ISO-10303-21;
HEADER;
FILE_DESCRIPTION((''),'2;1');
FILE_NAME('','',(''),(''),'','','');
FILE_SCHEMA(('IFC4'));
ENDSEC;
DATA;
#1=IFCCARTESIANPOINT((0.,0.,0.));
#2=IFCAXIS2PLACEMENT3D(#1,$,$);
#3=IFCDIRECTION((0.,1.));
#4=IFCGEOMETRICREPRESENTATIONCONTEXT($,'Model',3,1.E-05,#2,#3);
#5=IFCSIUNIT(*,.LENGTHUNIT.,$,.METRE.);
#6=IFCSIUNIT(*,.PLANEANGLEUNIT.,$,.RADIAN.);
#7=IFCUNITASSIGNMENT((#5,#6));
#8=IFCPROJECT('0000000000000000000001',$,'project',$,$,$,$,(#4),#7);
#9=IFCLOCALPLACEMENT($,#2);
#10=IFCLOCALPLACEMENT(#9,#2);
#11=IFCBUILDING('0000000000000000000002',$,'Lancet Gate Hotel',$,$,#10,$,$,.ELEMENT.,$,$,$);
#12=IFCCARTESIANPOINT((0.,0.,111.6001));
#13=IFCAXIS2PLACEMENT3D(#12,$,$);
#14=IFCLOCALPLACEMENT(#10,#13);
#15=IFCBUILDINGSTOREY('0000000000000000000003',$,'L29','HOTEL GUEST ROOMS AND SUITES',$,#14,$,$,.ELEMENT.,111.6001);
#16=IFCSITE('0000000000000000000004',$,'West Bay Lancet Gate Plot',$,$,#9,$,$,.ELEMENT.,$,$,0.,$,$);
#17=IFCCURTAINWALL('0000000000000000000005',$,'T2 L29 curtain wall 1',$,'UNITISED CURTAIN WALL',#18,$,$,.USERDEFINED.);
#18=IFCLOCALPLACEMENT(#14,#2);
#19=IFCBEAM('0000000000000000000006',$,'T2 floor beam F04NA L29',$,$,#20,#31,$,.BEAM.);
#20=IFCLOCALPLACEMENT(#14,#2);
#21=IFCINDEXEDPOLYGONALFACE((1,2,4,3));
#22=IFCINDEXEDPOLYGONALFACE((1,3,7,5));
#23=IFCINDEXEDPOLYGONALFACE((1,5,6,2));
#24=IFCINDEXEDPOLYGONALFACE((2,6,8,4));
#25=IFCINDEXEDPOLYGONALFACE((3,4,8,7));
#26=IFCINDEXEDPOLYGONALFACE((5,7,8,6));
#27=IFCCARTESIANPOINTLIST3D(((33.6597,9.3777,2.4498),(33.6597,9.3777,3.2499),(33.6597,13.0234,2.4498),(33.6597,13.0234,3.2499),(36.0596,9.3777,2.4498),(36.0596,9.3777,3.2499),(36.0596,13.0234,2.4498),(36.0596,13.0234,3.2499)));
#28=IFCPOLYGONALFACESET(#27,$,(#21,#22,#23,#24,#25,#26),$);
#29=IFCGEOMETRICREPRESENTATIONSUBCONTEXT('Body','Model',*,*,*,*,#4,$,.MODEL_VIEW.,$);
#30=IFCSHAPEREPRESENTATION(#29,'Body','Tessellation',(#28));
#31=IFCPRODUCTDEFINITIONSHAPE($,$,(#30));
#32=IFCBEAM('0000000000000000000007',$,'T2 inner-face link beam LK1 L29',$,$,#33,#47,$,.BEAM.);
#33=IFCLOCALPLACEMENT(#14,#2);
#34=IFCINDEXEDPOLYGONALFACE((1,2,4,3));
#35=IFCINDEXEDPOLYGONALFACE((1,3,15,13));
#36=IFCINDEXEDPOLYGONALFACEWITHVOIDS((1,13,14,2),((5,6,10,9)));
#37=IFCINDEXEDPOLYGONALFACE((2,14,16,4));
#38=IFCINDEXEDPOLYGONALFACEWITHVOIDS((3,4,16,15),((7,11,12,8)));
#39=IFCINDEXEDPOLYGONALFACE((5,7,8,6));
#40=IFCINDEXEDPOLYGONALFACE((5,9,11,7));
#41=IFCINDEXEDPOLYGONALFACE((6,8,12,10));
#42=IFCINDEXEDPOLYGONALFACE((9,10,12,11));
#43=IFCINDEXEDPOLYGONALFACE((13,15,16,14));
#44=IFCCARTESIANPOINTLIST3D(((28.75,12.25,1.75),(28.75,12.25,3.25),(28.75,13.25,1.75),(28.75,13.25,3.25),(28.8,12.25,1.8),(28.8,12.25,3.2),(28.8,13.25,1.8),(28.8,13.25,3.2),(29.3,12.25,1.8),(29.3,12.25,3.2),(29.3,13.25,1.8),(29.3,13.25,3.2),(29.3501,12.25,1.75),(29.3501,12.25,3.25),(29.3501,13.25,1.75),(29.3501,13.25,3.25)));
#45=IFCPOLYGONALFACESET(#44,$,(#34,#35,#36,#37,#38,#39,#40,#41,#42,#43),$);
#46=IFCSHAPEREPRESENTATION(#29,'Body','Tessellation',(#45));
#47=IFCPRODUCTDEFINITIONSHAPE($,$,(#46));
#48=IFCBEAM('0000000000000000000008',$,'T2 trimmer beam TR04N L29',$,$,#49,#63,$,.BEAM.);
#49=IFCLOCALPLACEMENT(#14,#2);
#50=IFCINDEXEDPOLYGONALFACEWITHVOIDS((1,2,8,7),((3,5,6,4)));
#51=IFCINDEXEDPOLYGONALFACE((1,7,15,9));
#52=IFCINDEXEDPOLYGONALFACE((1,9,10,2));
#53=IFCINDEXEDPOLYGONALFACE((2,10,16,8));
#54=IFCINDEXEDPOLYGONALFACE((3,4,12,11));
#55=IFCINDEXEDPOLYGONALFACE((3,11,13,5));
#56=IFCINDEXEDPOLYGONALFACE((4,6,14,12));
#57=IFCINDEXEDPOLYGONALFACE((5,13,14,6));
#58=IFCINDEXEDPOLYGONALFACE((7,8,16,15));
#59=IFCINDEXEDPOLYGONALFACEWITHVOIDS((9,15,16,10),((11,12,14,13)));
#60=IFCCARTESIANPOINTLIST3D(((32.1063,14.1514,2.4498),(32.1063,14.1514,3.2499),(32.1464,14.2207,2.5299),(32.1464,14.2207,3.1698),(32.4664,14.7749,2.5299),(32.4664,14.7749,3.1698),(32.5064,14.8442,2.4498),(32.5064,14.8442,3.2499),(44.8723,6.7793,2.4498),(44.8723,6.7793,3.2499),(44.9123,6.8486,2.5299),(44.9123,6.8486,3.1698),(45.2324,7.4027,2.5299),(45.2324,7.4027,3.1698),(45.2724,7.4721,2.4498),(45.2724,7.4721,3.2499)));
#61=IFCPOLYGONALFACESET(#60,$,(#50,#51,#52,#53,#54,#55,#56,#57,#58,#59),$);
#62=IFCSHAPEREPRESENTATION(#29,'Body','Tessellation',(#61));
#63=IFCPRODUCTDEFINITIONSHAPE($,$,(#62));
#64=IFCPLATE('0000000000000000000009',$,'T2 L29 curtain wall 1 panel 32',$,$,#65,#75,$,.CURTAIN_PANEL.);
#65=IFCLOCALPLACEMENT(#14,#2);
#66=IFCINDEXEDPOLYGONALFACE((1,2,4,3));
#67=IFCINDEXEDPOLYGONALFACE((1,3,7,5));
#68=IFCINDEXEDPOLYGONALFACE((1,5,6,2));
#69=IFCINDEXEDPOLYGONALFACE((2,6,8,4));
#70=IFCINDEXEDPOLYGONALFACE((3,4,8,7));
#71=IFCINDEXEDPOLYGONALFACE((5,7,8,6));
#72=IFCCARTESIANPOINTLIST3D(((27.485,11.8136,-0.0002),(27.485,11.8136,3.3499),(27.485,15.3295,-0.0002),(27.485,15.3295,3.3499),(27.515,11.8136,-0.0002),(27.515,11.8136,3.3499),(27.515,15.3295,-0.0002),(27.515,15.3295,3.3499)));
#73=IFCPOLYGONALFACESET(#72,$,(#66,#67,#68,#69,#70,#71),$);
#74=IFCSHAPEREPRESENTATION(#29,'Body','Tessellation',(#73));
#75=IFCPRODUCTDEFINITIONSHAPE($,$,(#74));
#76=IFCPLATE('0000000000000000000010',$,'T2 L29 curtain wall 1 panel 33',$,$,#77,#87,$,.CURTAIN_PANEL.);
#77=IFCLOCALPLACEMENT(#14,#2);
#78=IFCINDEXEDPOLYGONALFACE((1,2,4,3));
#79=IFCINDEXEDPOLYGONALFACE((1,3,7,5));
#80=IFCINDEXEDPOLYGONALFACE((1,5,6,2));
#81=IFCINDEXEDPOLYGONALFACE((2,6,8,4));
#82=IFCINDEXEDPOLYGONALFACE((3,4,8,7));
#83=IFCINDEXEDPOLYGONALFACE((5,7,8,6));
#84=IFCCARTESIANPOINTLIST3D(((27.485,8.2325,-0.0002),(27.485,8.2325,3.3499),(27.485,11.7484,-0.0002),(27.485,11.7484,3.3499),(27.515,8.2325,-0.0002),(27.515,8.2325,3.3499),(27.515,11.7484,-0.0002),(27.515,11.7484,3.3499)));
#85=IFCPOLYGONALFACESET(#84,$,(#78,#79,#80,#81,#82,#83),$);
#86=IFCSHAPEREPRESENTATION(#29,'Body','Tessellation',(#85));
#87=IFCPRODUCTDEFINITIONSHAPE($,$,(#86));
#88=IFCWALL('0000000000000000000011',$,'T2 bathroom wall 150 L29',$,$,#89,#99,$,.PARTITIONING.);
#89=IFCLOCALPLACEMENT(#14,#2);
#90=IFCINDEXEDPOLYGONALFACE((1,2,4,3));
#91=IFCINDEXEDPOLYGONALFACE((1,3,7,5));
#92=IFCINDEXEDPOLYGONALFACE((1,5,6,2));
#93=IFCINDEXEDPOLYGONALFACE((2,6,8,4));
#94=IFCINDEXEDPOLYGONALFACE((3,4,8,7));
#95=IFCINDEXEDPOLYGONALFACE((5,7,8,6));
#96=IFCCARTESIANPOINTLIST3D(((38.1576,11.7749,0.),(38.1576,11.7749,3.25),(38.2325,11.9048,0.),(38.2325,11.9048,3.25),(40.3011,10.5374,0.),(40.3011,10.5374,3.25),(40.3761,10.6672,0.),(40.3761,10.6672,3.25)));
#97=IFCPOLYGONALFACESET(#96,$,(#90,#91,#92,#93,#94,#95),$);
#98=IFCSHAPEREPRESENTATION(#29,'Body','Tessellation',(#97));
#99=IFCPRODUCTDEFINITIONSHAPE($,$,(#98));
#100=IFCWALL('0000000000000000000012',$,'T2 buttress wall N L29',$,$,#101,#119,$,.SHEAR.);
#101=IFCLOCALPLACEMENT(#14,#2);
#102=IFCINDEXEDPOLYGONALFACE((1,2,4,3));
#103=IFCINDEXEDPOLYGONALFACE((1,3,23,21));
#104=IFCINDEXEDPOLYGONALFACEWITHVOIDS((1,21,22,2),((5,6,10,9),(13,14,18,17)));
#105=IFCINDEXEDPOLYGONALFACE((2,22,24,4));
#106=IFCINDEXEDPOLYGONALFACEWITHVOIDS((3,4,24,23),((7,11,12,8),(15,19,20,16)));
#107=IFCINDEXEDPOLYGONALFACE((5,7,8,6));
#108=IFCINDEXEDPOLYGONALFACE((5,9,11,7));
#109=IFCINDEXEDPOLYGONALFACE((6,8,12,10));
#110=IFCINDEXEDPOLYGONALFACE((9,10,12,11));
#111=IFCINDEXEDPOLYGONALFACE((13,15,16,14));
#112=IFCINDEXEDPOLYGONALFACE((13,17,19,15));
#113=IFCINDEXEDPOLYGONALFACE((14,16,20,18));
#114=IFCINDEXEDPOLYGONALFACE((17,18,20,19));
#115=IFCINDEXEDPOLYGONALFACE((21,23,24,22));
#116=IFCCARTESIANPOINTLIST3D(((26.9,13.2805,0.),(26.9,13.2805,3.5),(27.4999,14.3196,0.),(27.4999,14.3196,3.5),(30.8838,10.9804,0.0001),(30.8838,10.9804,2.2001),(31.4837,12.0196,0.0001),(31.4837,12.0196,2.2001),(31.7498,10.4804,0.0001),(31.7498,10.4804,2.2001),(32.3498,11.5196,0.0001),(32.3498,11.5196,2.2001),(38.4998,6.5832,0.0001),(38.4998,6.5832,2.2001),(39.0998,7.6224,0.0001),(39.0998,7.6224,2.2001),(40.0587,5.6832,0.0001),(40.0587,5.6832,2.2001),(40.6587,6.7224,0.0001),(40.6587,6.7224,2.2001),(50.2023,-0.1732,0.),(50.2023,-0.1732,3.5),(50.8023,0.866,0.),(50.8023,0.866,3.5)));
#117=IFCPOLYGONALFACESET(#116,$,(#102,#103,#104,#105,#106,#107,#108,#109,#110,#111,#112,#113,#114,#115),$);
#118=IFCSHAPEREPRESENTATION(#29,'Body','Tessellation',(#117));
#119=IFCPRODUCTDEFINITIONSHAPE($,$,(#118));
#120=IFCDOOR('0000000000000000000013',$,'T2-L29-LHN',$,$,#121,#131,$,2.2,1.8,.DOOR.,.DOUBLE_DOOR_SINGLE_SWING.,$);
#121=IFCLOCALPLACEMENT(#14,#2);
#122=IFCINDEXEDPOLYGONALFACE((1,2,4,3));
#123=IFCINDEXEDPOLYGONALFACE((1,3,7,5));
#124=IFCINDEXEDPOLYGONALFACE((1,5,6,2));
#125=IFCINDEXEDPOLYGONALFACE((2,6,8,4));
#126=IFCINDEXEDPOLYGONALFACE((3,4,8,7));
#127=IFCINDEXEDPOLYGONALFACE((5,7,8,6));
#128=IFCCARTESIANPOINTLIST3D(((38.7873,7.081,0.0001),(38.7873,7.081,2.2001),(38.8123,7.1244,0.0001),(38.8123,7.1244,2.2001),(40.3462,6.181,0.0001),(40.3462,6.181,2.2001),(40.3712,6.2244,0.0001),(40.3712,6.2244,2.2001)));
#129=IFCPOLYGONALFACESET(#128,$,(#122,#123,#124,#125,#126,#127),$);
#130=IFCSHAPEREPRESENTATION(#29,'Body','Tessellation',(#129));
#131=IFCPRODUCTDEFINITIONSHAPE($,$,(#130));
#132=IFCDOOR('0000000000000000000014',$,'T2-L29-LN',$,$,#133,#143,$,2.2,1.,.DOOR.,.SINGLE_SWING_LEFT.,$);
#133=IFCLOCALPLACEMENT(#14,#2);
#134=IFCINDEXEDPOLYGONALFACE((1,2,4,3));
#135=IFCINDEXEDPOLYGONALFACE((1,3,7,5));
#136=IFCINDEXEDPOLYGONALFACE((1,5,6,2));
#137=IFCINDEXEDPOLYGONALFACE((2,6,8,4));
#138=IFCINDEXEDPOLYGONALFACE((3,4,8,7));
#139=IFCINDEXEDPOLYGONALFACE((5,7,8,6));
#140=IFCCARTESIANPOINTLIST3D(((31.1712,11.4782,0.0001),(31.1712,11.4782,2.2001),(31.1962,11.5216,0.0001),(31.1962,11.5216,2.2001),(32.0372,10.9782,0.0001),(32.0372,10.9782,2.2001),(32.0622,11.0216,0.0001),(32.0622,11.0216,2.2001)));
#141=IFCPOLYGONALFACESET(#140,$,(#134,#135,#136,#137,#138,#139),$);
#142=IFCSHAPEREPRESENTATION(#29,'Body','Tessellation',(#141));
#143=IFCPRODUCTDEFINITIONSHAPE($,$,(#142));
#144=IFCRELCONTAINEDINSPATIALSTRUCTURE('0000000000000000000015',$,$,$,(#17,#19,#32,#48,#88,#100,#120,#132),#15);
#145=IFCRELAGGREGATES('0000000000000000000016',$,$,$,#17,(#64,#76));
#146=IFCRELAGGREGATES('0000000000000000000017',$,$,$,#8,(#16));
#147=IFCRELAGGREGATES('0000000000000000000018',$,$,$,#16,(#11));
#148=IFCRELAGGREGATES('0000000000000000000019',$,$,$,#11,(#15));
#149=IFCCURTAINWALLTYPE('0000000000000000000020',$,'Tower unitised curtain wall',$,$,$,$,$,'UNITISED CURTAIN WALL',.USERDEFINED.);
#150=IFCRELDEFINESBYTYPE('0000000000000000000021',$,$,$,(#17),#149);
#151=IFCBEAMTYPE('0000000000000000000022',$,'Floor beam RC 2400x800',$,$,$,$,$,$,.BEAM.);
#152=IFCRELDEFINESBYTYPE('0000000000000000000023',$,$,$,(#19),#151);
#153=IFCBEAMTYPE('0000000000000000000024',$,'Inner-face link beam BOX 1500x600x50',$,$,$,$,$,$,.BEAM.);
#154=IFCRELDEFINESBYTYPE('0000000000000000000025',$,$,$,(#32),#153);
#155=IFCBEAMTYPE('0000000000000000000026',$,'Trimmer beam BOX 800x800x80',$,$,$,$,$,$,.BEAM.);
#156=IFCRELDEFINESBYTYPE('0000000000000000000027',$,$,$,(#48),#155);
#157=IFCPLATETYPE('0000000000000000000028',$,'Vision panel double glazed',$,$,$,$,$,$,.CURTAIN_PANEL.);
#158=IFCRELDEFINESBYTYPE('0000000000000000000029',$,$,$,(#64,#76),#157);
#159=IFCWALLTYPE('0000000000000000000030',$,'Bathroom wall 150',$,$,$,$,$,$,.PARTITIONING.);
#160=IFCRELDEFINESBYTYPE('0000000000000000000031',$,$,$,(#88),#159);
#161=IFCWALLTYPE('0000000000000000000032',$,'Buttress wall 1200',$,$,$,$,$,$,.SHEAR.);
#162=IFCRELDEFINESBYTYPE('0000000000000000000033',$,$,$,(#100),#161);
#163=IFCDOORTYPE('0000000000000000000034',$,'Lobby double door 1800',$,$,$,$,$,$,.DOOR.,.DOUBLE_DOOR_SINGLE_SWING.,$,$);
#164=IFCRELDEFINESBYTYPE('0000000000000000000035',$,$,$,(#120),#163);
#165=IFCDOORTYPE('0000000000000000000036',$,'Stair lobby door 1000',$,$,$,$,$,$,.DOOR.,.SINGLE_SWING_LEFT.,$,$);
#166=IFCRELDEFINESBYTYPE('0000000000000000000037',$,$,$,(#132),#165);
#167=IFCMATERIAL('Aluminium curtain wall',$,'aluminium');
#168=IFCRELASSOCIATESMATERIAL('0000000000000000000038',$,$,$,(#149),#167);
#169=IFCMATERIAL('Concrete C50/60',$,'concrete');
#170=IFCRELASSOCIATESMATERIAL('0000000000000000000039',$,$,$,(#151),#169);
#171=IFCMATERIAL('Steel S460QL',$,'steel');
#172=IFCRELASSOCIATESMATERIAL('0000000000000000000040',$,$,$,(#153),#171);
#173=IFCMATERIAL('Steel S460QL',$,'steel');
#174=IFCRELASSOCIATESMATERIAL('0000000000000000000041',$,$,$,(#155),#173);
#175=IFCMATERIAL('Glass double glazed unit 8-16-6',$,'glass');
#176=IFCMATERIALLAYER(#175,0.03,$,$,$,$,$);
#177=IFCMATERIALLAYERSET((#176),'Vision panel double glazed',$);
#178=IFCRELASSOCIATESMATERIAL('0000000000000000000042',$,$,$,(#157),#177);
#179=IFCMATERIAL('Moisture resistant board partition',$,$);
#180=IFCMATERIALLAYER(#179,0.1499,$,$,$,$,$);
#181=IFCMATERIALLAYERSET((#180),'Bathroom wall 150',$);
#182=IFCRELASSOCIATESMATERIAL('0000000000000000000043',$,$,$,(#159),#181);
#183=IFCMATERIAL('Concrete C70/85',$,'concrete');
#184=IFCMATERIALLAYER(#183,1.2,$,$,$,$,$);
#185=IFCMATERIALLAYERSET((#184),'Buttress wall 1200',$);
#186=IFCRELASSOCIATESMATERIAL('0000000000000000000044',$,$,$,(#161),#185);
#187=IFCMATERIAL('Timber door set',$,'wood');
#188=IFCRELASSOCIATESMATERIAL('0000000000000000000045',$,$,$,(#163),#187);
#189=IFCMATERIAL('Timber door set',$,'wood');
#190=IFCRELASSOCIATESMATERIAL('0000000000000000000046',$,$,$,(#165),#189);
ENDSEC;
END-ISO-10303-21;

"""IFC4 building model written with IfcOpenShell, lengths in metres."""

from ifc_helpers import new_model, si_unit, direction, frame, frame_2d, origin, origin_2d, place, context, subcontext, project, spatial, rectangle, hollow_rectangle, extrude, material, layer, layer_set, material_profile, profile_set, type_object, element, fill, aggregate, save


model = new_model("IFC4")

# Units and contexts
model_context = context("Model", 3, precision=1e-05, world=origin(), true_north=direction((0.0, 1.0)))
body_context = subcontext(model_context, "Body", "Model", "MODEL_VIEW")
ifc_project = project(units=[si_unit("LENGTHUNIT", "METRE"), si_unit("PLANEANGLEUNIT", "RADIAN")], contexts=[model_context])

# Site, building, storey
site_placement = place(None, origin())
site = spatial("IfcSite", under=ifc_project, at=site_placement, Name="West Bay Lancet Gate Plot", CompositionType="ELEMENT", RefElevation=0.0)
building_placement = place(site_placement, origin())
building = spatial("IfcBuilding", under=site, at=building_placement, Name="Lancet Gate Hotel", CompositionType="ELEMENT")
storey_placement = place(building_placement, frame((0.0, 0.0, 111.6001)))
storey = spatial("IfcBuildingStorey", under=building, at=storey_placement, Name="L29", Description="HOTEL GUEST ROOMS AND SUITES", CompositionType="ELEMENT", Elevation=111.6001)

# Curtain wall
ifc_material_1 = material(Name="Aluminium curtain wall", Category="aluminium")
curtain_wall_type = type_object("IfcCurtainWallType", Name="Tower unitised curtain wall", ElementType="UNITISED CURTAIN WALL", PredefinedType="USERDEFINED", material=ifc_material_1)
curtain_wall_placement = place(storey_placement, origin())
curtain_wall = element("IfcCurtainWall", 1, at=curtain_wall_placement, inside=storey, type_object=curtain_wall_type, Name="T2 L29 curtain wall 1", ObjectType="UNITISED CURTAIN WALL", PredefinedType="USERDEFINED")

# Beams
ifc_material_2 = material(Name="Concrete C50/60", Category="concrete")
ifc_material_profile_1 = material_profile(ifc_material_2, rectangle(XDim=2.3999, YDim=0.8, at=origin_2d()), Name="RC 2400x800")
ifc_profile_set_1 = profile_set([ifc_material_profile_1], Name="Concrete C50/60")
beam_type_1 = type_object("IfcBeamType", Name="Floor beam RC 2400x800", PredefinedType="BEAM", material=ifc_profile_set_1)
beam_1_placement = place(storey_placement, frame((34.8596, 9.3777, 2.8499), z_axis=(0.0, 1.0, 0.0), x_axis=(-1.0, 0.0, 0.0)))
element("IfcBeam", 2, at=beam_1_placement, inside=storey, type_object=beam_type_1, Name="T2 floor beam F04NA L29", PredefinedType="BEAM", context=body_context, shape_type="SweptSolid", body=[
    extrude(rectangle(XDim=2.3999, YDim=0.8, at=origin_2d()), origin(), (0.0, 0.0, 1.0), 3.6458),
])
ifc_material_3 = material(Name="Steel S460QL", Category="steel")
ifc_material_profile_2 = material_profile(ifc_material_3, hollow_rectangle(XDim=0.6001, YDim=1.5, WallThickness=0.05, at=origin_2d()), Name="BOX 1500x600x50")
ifc_profile_set_2 = profile_set([ifc_material_profile_2], Name="Steel S460QL")
beam_type_2 = type_object("IfcBeamType", Name="Inner-face link beam BOX 1500x600x50", PredefinedType="BEAM", material=ifc_profile_set_2)
beam_2_placement = place(storey_placement, frame((29.05, 12.25, 2.5), z_axis=(0.0, 1.0, 0.0), x_axis=(-1.0, 0.0, 0.0)))
element("IfcBeam", 3, at=beam_2_placement, inside=storey, type_object=beam_type_2, Name="T2 inner-face link beam LK1 L29", PredefinedType="BEAM", context=body_context, shape_type="SweptSolid", body=[
    extrude(hollow_rectangle(XDim=0.6001, YDim=1.5, WallThickness=0.05, at=origin_2d()), origin(), (0.0, 0.0, 1.0), 1.0),
])
ifc_material_4 = material(Name="Steel S460QL", Category="steel")
ifc_material_profile_3 = material_profile(ifc_material_4, hollow_rectangle(XDim=0.8, YDim=0.8, WallThickness=0.0801, at=origin_2d()), Name="BOX 800x800x80")
ifc_profile_set_3 = profile_set([ifc_material_profile_3], Name="Steel S460QL")
beam_type_3 = type_object("IfcBeamType", Name="Trimmer beam BOX 800x800x80", PredefinedType="BEAM", material=ifc_profile_set_3)
beam_3_placement = place(storey_placement, frame((32.3064, 14.4978, 2.8499), z_axis=(0.865976, -0.500086, 0.0), x_axis=(0.500086, 0.865976, 0.0)))
element("IfcBeam", 4, at=beam_3_placement, inside=storey, type_object=beam_type_3, Name="T2 trimmer beam TR04N L29", PredefinedType="BEAM", context=body_context, shape_type="SweptSolid", body=[
    extrude(hollow_rectangle(XDim=0.8, YDim=0.8, WallThickness=0.0801, at=origin_2d()), origin(), (0.0, 0.0, 1.0), 14.7417),
])

# Plates
ifc_material_5 = material(Name="Glass double glazed unit 8-16-6", Category="glass")
ifc_layer_1 = layer(ifc_material_5, 0.03)
ifc_layer_set_1 = layer_set([ifc_layer_1], Name="Vision panel double glazed")
plate_type = type_object("IfcPlateType", Name="Vision panel double glazed", PredefinedType="CURTAIN_PANEL", material=ifc_layer_set_1)
plate_1_placement = place(storey_placement, frame((27.5, 13.5715, -0.0002), z_axis=(0.0, 0.0, 1.0), x_axis=(0.0, -1.0, 0.0)))
plate_1 = element("IfcPlate", 5, at=plate_1_placement, type_object=plate_type, Name="T2 L29 curtain wall 1 panel 32", PredefinedType="CURTAIN_PANEL", context=body_context, shape_type="SweptSolid", body=[
    extrude(rectangle(XDim=3.5159, YDim=0.03, at=origin_2d()), origin(), (0.0, 0.0, 1.0), 3.3501),
])
plate_2_placement = place(storey_placement, frame((27.5, 9.9905, -0.0002), z_axis=(0.0, 0.0, 1.0), x_axis=(0.0, -1.0, 0.0)))
plate_2 = element("IfcPlate", 6, at=plate_2_placement, type_object=plate_type, Name="T2 L29 curtain wall 1 panel 33", PredefinedType="CURTAIN_PANEL", context=body_context, shape_type="SweptSolid", body=[
    extrude(rectangle(XDim=3.5159, YDim=0.03, at=origin_2d()), origin(), (0.0, 0.0, 1.0), 3.3501),
])
aggregate(curtain_wall, [plate_1, plate_2])

# Wall
ifc_material_6 = material(Name="Moisture resistant board partition")
ifc_layer_2 = layer(ifc_material_6, 0.1499)
ifc_layer_set_2 = layer_set([ifc_layer_2], Name="Bathroom wall 150")
wall_type_1 = type_object("IfcWallType", Name="Bathroom wall 150", PredefinedType="PARTITIONING", material=ifc_layer_set_2)
wall_1_placement = place(storey_placement, frame((38.1951, 11.8398, 0.0), z_axis=(0.0, 0.0, 1.0), x_axis=(0.866031, -0.49999, 0.0)))
element("IfcWall", 7, at=wall_1_placement, inside=storey, type_object=wall_type_1, Name="T2 bathroom wall 150 L29", PredefinedType="PARTITIONING", context=body_context, shape_type="SweptSolid", body=[
    extrude(rectangle(XDim=2.4751, YDim=0.1499, at=frame_2d((1.2375, 0.0))), origin(), (0.0, 0.0, 1.0), 3.25),
])

# Wall, openings, doors
ifc_material_7 = material(Name="Concrete C70/85", Category="concrete")
ifc_layer_3 = layer(ifc_material_7, 1.2)
ifc_layer_set_3 = layer_set([ifc_layer_3], Name="Buttress wall 1200")
wall_type_2 = type_object("IfcWallType", Name="Buttress wall 1200", PredefinedType="SHEAR", material=ifc_layer_set_3)
wall_2_placement = place(storey_placement, frame((27.2, 13.8, 0.0), z_axis=(0.0, 0.0, 1.0), x_axis=(0.866025, -0.500002, 0.0)))
wall_2 = element("IfcWall", 8, at=wall_2_placement, inside=storey, type_object=wall_type_2, Name="T2 buttress wall N L29", PredefinedType="SHEAR", context=body_context, shape_type="SweptSolid", body=[
    extrude(rectangle(XDim=26.9072, YDim=1.2, at=frame_2d((13.4536, 0.0))), origin(), (0.0, 0.0, 1.0), 3.5),
])
opening_1_placement = place(wall_2_placement, frame((4.6001, 0.0, 0.0)))
opening_1 = element("IfcOpeningElement", 9, at=opening_1_placement, cuts=wall_2, PredefinedType="OPENING", context=body_context, shape_type="SweptSolid", body=[
    extrude(rectangle(XDim=1.0, YDim=2.2, at=frame_2d((0.5, 1.1001))), frame((0.0, 0.6099, 0.0), z_axis=(0.0, -1.0, 0.0), x_axis=(1.0, 0.0, 0.0)), (0.0, 0.0, 1.0), 1.22),
])
opening_2_placement = place(wall_2_placement, frame((13.3945, 0.0, 0.0)))
opening_2 = element("IfcOpeningElement", 10, at=opening_2_placement, cuts=wall_2, PredefinedType="OPENING", context=body_context, shape_type="SweptSolid", body=[
    extrude(rectangle(XDim=1.8, YDim=2.2, at=frame_2d((0.8999, 1.1001))), frame((0.0, 0.6099, 0.0), z_axis=(0.0, -1.0, 0.0), x_axis=(1.0, 0.0, 0.0)), (0.0, 0.0, 1.0), 1.22),
])
ifc_material_8 = material(Name="Timber door set", Category="wood")
door_type_1 = type_object("IfcDoorType", Name="Lobby double door 1800", OperationType="DOUBLE_DOOR_SINGLE_SWING", PredefinedType="DOOR", material=ifc_material_8)
door_1_placement = place(opening_2_placement, origin())
door_1 = element("IfcDoor", 11, at=door_1_placement, inside=storey, type_object=door_type_1, Name="T2-L29-LHN", OperationType="DOUBLE_DOOR_SINGLE_SWING", OverallHeight=2.2, OverallWidth=1.8, PredefinedType="DOOR", context=body_context, shape_type="SweptSolid", body=[
    extrude(rectangle(XDim=1.8, YDim=2.2, at=frame_2d((0.8999, 1.1001))), frame((0.0, 0.0249, 0.0), z_axis=(0.0, -1.0, 0.0), x_axis=(1.0, 0.0, 0.0)), (0.0, 0.0, 1.0), 0.05),
])
fill(opening_2, door_1)
ifc_material_9 = material(Name="Timber door set", Category="wood")
door_type_2 = type_object("IfcDoorType", Name="Stair lobby door 1000", OperationType="SINGLE_SWING_LEFT", PredefinedType="DOOR", material=ifc_material_9)
door_2_placement = place(opening_1_placement, origin())
door_2 = element("IfcDoor", 12, at=door_2_placement, inside=storey, type_object=door_type_2, Name="T2-L29-LN", OperationType="SINGLE_SWING_LEFT", OverallHeight=2.2, OverallWidth=1.0, PredefinedType="DOOR", context=body_context, shape_type="SweptSolid", body=[
    extrude(rectangle(XDim=1.0, YDim=2.2, at=frame_2d((0.5, 1.1001))), frame((0.0, 0.0249, 0.0), z_axis=(0.0, -1.0, 0.0), x_axis=(1.0, 0.0, 0.0)), (0.0, 0.0, 1.0), 0.05),
])
fill(opening_1, door_2)

save(model, "model.ifc")
